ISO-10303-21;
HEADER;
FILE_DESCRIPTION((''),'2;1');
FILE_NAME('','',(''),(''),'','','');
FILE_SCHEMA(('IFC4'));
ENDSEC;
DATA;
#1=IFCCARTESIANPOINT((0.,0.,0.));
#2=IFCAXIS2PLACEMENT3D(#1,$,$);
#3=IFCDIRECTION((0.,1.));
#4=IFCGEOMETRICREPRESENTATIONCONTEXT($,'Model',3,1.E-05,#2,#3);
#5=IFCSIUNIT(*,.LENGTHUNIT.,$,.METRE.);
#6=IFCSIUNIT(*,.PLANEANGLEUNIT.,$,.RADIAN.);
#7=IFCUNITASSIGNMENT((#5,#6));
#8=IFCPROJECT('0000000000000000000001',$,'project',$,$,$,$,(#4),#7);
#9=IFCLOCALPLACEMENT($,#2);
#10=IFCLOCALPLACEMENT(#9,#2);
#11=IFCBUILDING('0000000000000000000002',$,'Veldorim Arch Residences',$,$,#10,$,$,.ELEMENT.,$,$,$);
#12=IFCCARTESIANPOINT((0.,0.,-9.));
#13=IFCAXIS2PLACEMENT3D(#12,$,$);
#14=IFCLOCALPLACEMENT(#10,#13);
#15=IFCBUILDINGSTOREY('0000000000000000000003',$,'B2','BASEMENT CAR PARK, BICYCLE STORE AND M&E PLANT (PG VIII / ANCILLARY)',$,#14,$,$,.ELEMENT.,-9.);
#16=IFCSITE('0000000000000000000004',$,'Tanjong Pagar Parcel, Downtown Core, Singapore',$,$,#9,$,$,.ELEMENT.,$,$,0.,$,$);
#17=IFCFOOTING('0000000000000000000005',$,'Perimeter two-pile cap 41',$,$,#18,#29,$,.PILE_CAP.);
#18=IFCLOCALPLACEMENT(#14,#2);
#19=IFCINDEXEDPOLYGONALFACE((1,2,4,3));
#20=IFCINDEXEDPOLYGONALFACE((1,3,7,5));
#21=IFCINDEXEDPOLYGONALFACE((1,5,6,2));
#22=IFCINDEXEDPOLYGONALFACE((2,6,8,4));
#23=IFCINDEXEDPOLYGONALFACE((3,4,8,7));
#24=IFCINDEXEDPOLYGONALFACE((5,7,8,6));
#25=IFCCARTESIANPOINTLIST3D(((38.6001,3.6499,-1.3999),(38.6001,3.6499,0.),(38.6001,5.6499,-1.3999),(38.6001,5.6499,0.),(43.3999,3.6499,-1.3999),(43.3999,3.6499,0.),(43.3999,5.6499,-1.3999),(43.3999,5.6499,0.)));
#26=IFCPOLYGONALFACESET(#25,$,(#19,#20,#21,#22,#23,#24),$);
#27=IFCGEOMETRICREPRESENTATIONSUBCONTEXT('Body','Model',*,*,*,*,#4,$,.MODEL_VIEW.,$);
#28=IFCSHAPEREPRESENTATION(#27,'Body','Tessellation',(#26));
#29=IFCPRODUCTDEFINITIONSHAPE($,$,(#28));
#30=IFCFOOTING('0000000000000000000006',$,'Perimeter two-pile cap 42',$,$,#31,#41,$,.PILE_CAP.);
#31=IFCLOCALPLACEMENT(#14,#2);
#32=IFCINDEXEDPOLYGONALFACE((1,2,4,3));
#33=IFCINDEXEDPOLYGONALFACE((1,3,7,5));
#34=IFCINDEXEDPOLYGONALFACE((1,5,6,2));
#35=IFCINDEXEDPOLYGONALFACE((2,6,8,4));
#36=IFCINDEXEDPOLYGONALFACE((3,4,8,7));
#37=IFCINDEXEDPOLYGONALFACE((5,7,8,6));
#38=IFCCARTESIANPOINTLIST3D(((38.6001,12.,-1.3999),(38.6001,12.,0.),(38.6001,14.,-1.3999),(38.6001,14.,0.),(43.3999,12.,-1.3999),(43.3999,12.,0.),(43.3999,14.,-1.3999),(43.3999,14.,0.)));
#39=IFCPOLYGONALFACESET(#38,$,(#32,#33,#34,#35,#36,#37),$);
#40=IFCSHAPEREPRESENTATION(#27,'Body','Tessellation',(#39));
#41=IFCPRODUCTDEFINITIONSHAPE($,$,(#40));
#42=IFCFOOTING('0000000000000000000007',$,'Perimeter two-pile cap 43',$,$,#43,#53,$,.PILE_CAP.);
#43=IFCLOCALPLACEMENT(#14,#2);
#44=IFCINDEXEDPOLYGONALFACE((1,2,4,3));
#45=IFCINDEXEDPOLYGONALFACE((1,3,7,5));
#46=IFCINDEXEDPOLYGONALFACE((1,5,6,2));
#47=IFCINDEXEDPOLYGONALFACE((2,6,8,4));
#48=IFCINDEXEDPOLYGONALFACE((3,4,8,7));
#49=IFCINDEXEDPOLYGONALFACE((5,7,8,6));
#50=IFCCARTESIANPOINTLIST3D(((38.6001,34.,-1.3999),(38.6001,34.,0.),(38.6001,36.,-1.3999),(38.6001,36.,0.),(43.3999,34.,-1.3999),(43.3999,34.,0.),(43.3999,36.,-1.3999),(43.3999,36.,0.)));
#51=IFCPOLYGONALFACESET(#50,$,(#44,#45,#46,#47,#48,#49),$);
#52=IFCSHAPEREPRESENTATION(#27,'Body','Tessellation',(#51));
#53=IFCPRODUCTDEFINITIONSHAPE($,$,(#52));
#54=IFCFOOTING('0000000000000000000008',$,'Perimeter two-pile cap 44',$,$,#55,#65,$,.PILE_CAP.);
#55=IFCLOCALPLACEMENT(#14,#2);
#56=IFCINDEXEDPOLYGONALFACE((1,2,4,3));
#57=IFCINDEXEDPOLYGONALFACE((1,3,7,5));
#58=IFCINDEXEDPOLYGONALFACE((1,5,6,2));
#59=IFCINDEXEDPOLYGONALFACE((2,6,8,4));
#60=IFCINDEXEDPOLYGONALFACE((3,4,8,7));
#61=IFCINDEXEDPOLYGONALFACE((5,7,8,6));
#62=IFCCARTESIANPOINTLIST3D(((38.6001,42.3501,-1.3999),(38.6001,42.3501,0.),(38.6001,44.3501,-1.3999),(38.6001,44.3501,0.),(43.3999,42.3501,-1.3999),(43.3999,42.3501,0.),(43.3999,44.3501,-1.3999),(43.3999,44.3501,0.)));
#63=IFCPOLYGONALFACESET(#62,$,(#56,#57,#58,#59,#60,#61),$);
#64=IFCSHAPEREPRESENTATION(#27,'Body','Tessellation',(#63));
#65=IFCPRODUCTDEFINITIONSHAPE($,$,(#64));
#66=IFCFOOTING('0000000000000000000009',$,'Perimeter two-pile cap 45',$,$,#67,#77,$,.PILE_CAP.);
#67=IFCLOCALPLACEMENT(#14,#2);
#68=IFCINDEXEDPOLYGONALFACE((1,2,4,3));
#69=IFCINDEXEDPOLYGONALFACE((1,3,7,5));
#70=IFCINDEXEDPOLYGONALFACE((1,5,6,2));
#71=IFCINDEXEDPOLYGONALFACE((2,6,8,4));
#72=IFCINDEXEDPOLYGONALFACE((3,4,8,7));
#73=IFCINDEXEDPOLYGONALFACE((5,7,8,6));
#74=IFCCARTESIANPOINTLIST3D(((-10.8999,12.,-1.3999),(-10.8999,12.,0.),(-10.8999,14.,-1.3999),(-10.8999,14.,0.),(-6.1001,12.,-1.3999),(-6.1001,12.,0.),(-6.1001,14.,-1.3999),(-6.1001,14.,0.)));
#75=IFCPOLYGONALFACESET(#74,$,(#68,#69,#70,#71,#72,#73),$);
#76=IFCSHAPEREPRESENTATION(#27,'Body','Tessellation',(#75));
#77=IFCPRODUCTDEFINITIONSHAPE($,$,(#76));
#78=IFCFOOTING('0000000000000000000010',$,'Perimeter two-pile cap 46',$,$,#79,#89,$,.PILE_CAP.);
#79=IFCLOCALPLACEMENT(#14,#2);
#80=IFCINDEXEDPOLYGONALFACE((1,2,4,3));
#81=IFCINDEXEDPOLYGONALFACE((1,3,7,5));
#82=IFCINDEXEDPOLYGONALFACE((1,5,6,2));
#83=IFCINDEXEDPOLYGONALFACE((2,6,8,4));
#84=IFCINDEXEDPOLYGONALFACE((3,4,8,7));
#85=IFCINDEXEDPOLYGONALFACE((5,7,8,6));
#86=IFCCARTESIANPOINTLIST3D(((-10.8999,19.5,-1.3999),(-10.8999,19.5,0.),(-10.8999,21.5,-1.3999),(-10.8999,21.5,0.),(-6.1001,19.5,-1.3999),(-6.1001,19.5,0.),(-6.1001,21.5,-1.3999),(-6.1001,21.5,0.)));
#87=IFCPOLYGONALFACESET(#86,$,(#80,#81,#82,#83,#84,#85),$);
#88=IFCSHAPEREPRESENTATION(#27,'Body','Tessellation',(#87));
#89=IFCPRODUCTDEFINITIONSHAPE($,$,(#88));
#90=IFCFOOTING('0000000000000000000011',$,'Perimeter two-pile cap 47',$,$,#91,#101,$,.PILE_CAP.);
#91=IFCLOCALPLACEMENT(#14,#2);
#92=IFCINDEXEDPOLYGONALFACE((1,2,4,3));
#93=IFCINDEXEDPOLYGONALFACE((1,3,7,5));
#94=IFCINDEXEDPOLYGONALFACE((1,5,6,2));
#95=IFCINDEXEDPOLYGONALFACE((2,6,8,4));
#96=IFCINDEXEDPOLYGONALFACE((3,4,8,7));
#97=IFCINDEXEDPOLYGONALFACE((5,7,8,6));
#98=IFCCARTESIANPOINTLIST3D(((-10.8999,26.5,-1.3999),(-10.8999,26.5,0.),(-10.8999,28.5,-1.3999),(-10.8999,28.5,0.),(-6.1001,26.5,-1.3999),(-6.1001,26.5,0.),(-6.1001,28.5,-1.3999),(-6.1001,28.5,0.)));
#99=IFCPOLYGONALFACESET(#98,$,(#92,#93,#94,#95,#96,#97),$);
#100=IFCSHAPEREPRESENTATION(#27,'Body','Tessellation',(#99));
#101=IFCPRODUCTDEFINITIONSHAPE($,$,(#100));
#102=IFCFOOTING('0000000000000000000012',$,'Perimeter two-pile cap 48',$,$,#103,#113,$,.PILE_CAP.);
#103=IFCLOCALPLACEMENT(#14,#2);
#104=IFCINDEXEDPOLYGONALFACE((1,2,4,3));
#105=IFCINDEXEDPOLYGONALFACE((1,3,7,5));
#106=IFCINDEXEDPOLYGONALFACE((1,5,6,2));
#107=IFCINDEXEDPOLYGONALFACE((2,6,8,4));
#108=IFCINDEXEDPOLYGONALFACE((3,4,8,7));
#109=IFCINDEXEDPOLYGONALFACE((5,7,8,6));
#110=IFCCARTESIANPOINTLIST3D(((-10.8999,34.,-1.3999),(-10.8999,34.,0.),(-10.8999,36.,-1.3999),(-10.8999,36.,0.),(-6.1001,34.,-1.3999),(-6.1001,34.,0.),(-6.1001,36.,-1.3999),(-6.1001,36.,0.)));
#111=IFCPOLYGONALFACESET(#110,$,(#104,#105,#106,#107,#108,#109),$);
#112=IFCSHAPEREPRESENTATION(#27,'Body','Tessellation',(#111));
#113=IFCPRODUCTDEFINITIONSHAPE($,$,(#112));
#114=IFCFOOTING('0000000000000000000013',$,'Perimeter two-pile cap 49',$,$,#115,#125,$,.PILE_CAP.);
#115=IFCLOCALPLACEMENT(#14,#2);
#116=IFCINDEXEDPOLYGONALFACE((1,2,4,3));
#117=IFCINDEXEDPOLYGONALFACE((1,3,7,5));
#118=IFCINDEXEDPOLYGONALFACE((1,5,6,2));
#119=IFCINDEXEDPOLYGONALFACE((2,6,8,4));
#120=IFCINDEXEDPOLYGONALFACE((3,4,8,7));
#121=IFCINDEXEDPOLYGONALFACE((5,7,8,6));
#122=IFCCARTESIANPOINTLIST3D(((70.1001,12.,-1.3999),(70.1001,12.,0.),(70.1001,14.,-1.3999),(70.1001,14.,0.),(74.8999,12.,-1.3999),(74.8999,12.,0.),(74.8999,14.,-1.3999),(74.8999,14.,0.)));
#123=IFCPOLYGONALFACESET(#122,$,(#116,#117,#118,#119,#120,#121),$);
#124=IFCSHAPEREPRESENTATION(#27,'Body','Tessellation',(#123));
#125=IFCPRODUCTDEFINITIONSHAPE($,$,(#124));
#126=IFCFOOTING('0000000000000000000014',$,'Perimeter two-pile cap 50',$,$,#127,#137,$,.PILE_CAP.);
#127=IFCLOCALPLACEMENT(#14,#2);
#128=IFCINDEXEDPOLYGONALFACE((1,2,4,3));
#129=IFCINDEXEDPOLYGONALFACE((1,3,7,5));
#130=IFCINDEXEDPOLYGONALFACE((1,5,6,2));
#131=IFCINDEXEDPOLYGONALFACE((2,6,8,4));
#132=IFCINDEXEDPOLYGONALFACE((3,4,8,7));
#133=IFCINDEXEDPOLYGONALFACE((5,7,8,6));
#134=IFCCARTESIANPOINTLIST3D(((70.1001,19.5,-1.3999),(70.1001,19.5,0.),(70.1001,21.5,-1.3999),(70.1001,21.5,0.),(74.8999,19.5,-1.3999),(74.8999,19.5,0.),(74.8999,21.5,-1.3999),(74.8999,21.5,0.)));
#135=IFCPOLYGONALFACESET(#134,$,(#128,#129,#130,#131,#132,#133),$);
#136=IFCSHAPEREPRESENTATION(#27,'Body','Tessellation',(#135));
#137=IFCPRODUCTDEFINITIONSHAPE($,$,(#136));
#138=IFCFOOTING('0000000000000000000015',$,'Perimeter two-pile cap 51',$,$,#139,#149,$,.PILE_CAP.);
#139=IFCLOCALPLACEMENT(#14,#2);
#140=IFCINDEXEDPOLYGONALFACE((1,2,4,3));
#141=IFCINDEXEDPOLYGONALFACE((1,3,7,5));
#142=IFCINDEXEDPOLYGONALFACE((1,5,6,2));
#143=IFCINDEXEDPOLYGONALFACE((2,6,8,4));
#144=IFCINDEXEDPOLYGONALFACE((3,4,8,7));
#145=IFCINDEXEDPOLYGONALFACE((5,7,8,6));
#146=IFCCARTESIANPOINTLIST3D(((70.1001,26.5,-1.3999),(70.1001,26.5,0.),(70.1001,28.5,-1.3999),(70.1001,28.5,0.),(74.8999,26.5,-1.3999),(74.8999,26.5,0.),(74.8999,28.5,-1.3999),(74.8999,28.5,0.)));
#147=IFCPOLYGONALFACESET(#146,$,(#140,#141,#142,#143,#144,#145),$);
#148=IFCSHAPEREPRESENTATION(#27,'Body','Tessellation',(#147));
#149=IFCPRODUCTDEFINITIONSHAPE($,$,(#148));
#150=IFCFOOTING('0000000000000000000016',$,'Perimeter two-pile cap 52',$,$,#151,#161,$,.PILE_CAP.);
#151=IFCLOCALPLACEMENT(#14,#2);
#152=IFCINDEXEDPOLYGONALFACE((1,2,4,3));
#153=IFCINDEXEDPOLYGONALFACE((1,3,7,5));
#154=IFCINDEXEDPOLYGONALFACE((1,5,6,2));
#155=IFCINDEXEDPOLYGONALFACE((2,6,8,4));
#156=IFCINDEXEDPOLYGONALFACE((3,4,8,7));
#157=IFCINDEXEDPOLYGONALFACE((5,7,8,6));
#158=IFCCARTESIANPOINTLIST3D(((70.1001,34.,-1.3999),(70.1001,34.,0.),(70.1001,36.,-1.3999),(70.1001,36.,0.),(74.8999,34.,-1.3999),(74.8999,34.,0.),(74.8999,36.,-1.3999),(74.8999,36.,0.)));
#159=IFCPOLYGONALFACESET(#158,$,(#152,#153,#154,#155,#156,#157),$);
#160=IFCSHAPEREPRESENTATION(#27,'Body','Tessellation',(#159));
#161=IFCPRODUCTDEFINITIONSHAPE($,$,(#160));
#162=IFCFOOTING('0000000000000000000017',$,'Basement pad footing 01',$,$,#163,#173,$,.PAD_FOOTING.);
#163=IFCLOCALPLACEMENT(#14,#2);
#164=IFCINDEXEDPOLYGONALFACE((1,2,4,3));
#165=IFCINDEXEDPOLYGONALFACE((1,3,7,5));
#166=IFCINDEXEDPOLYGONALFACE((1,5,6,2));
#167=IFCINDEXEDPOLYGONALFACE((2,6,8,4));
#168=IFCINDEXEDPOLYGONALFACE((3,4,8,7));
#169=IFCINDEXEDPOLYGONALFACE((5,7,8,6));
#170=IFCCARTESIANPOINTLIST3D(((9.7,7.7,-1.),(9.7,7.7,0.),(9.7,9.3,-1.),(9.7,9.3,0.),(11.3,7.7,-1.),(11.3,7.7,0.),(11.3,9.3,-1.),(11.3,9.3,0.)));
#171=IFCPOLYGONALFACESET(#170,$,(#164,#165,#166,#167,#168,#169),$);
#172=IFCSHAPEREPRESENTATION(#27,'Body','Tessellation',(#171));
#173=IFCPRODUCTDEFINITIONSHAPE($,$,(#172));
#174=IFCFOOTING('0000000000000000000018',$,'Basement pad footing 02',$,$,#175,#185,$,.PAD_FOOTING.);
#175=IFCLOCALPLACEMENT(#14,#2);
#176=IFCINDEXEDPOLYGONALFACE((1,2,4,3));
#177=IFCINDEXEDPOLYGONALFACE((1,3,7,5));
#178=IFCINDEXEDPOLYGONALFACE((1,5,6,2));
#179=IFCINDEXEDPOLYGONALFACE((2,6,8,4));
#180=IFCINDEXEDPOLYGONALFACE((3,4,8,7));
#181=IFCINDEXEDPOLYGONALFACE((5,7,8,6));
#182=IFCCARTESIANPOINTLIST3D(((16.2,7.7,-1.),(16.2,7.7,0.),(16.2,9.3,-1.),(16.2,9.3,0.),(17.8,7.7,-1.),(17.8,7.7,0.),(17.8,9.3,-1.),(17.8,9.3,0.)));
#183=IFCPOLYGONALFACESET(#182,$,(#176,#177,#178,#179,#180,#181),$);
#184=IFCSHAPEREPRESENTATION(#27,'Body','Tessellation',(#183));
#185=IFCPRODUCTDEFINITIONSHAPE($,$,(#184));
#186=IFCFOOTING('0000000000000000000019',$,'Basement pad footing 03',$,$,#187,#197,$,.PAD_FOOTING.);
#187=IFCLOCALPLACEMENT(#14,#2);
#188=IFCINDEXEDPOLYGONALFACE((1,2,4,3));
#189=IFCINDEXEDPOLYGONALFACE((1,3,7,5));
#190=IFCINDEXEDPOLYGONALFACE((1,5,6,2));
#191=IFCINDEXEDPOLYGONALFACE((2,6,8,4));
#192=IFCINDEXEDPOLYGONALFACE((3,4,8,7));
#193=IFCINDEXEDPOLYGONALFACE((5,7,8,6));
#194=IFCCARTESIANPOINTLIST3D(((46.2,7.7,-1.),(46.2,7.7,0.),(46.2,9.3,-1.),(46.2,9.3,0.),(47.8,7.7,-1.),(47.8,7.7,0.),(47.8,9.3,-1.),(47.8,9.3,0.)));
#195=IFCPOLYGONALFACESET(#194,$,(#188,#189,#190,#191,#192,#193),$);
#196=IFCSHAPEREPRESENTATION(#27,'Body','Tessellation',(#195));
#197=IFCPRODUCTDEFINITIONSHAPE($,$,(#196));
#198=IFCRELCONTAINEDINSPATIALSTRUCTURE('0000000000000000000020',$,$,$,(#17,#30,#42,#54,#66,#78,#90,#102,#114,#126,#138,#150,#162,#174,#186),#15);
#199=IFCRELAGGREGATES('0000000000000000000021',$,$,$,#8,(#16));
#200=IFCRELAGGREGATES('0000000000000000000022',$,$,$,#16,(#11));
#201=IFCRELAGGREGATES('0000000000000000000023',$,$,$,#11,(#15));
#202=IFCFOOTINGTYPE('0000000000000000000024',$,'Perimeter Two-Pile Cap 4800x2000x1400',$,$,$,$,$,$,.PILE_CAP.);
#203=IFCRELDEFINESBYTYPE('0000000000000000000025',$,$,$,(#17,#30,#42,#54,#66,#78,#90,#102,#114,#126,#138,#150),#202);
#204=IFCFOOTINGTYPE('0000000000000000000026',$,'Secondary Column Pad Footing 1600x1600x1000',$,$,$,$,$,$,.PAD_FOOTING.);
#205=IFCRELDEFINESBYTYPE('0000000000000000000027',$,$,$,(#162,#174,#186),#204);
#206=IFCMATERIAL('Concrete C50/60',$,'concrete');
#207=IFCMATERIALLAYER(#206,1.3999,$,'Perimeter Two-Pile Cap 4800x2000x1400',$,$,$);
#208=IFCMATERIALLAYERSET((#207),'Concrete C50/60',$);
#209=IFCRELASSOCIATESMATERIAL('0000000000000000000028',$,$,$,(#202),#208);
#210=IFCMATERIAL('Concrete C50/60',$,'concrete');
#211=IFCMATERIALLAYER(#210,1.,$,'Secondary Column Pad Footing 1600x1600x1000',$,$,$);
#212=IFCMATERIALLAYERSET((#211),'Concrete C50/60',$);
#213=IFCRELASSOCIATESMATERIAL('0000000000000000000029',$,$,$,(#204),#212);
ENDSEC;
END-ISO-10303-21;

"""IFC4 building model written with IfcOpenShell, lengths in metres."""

from ifc_helpers import new_model, si_unit, direction, frame, origin, place, context, subcontext, project, spatial, polyline, outline, extrude, material, layer, layer_set, type_object, element, save


model = new_model("IFC4")

# Units and contexts
model_context = context("Model", 3, precision=1e-05, world=origin(), true_north=direction((0.0, 1.0)))
body_context = subcontext(model_context, "Body", "Model", "MODEL_VIEW")
ifc_project = project(units=[si_unit("LENGTHUNIT", "METRE"), si_unit("PLANEANGLEUNIT", "RADIAN")], contexts=[model_context])

# Site, building, storey
site_placement = place(None, origin())
site = spatial("IfcSite", under=ifc_project, at=site_placement, Name="Tanjong Pagar Parcel, Downtown Core, Singapore", CompositionType="ELEMENT", RefElevation=0.0)
building_placement = place(site_placement, origin())
building = spatial("IfcBuilding", under=site, at=building_placement, Name="Veldorim Arch Residences", CompositionType="ELEMENT")
storey_placement = place(building_placement, frame((0.0, 0.0, -9.0)))
storey = spatial("IfcBuildingStorey", under=building, at=storey_placement, Name="B2", Description="BASEMENT CAR PARK, BICYCLE STORE AND M&E PLANT (PG VIII / ANCILLARY)", CompositionType="ELEMENT", Elevation=-9.0)

# Footings
ifc_material_1 = material(Name="Concrete C50/60", Category="concrete")
ifc_layer_1 = layer(ifc_material_1, 1.3999, Name="Perimeter Two-Pile Cap 4800x2000x1400")
ifc_layer_set_1 = layer_set([ifc_layer_1], Name="Concrete C50/60")
footing_type_1 = type_object("IfcFootingType", Name="Perimeter Two-Pile Cap 4800x2000x1400", PredefinedType="PILE_CAP", material=ifc_layer_set_1)
footing_1_placement = place(storey_placement, frame((0.0, 0.0, -1.3999)))
element("IfcFooting", 1, at=footing_1_placement, inside=storey, type_object=footing_type_1, Name="Perimeter two-pile cap 41", PredefinedType="PILE_CAP", context=body_context, shape_type="SweptSolid", body=[
    extrude(outline(polyline([(38.6001, 3.6499), (43.3999, 3.6499), (43.3999, 5.6499), (38.6001, 5.6499), (38.6001, 3.6499)])), origin(), (0.0, 0.0, 1.0), 1.3999),
])
footing_2_placement = place(storey_placement, frame((0.0, 0.0, -1.3999)))
element("IfcFooting", 2, at=footing_2_placement, inside=storey, type_object=footing_type_1, Name="Perimeter two-pile cap 42", PredefinedType="PILE_CAP", context=body_context, shape_type="SweptSolid", body=[
    extrude(outline(polyline([(38.6001, 12.0), (43.3999, 12.0), (43.3999, 14.0), (38.6001, 14.0), (38.6001, 12.0)])), origin(), (0.0, 0.0, 1.0), 1.3999),
])
footing_3_placement = place(storey_placement, frame((0.0, 0.0, -1.3999)))
element("IfcFooting", 3, at=footing_3_placement, inside=storey, type_object=footing_type_1, Name="Perimeter two-pile cap 43", PredefinedType="PILE_CAP", context=body_context, shape_type="SweptSolid", body=[
    extrude(outline(polyline([(38.6001, 34.0), (43.3999, 34.0), (43.3999, 36.0), (38.6001, 36.0), (38.6001, 34.0)])), origin(), (0.0, 0.0, 1.0), 1.3999),
])
footing_4_placement = place(storey_placement, frame((0.0, 0.0, -1.3999)))
element("IfcFooting", 4, at=footing_4_placement, inside=storey, type_object=footing_type_1, Name="Perimeter two-pile cap 44", PredefinedType="PILE_CAP", context=body_context, shape_type="SweptSolid", body=[
    extrude(outline(polyline([(38.6001, 42.3501), (43.3999, 42.3501), (43.3999, 44.3501), (38.6001, 44.3501), (38.6001, 42.3501)])), origin(), (0.0, 0.0, 1.0), 1.3999),
])
footing_5_placement = place(storey_placement, frame((0.0, 0.0, -1.3999)))
element("IfcFooting", 5, at=footing_5_placement, inside=storey, type_object=footing_type_1, Name="Perimeter two-pile cap 45", PredefinedType="PILE_CAP", context=body_context, shape_type="SweptSolid", body=[
    extrude(outline(polyline([(-10.8999, 12.0), (-6.1001, 12.0), (-6.1001, 14.0), (-10.8999, 14.0), (-10.8999, 12.0)])), origin(), (0.0, 0.0, 1.0), 1.3999),
])
footing_6_placement = place(storey_placement, frame((0.0, 0.0, -1.3999)))
element("IfcFooting", 6, at=footing_6_placement, inside=storey, type_object=footing_type_1, Name="Perimeter two-pile cap 46", PredefinedType="PILE_CAP", context=body_context, shape_type="SweptSolid", body=[
    extrude(outline(polyline([(-10.8999, 19.5), (-6.1001, 19.5), (-6.1001, 21.5), (-10.8999, 21.5), (-10.8999, 19.5)])), origin(), (0.0, 0.0, 1.0), 1.3999),
])
footing_7_placement = place(storey_placement, frame((0.0, 0.0, -1.3999)))
element("IfcFooting", 7, at=footing_7_placement, inside=storey, type_object=footing_type_1, Name="Perimeter two-pile cap 47", PredefinedType="PILE_CAP", context=body_context, shape_type="SweptSolid", body=[
    extrude(outline(polyline([(-10.8999, 26.5), (-6.1001, 26.5), (-6.1001, 28.5), (-10.8999, 28.5), (-10.8999, 26.5)])), origin(), (0.0, 0.0, 1.0), 1.3999),
])
footing_8_placement = place(storey_placement, frame((0.0, 0.0, -1.3999)))
element("IfcFooting", 8, at=footing_8_placement, inside=storey, type_object=footing_type_1, Name="Perimeter two-pile cap 48", PredefinedType="PILE_CAP", context=body_context, shape_type="SweptSolid", body=[
    extrude(outline(polyline([(-10.8999, 34.0), (-6.1001, 34.0), (-6.1001, 36.0), (-10.8999, 36.0), (-10.8999, 34.0)])), origin(), (0.0, 0.0, 1.0), 1.3999),
])
footing_9_placement = place(storey_placement, frame((0.0, 0.0, -1.3999)))
element("IfcFooting", 9, at=footing_9_placement, inside=storey, type_object=footing_type_1, Name="Perimeter two-pile cap 49", PredefinedType="PILE_CAP", context=body_context, shape_type="SweptSolid", body=[
    extrude(outline(polyline([(70.1001, 12.0), (74.8999, 12.0), (74.8999, 14.0), (70.1001, 14.0), (70.1001, 12.0)])), origin(), (0.0, 0.0, 1.0), 1.3999),
])
footing_10_placement = place(storey_placement, frame((0.0, 0.0, -1.3999)))
element("IfcFooting", 10, at=footing_10_placement, inside=storey, type_object=footing_type_1, Name="Perimeter two-pile cap 50", PredefinedType="PILE_CAP", context=body_context, shape_type="SweptSolid", body=[
    extrude(outline(polyline([(70.1001, 19.5), (74.8999, 19.5), (74.8999, 21.5), (70.1001, 21.5), (70.1001, 19.5)])), origin(), (0.0, 0.0, 1.0), 1.3999),
])
footing_11_placement = place(storey_placement, frame((0.0, 0.0, -1.3999)))
element("IfcFooting", 11, at=footing_11_placement, inside=storey, type_object=footing_type_1, Name="Perimeter two-pile cap 51", PredefinedType="PILE_CAP", context=body_context, shape_type="SweptSolid", body=[
    extrude(outline(polyline([(70.1001, 26.5), (74.8999, 26.5), (74.8999, 28.5), (70.1001, 28.5), (70.1001, 26.5)])), origin(), (0.0, 0.0, 1.0), 1.3999),
])
footing_12_placement = place(storey_placement, frame((0.0, 0.0, -1.3999)))
element("IfcFooting", 12, at=footing_12_placement, inside=storey, type_object=footing_type_1, Name="Perimeter two-pile cap 52", PredefinedType="PILE_CAP", context=body_context, shape_type="SweptSolid", body=[
    extrude(outline(polyline([(70.1001, 34.0), (74.8999, 34.0), (74.8999, 36.0), (70.1001, 36.0), (70.1001, 34.0)])), origin(), (0.0, 0.0, 1.0), 1.3999),
])
ifc_material_2 = material(Name="Concrete C50/60", Category="concrete")
ifc_layer_2 = layer(ifc_material_2, 1.0, Name="Secondary Column Pad Footing 1600x1600x1000")
ifc_layer_set_2 = layer_set([ifc_layer_2], Name="Concrete C50/60")
footing_type_2 = type_object("IfcFootingType", Name="Secondary Column Pad Footing 1600x1600x1000", PredefinedType="PAD_FOOTING", material=ifc_layer_set_2)
footing_13_placement = place(storey_placement, frame((0.0, 0.0, -1.0)))
element("IfcFooting", 13, at=footing_13_placement, inside=storey, type_object=footing_type_2, Name="Basement pad footing 01", PredefinedType="PAD_FOOTING", context=body_context, shape_type="SweptSolid", body=[
    extrude(outline(polyline([(9.7, 7.7), (11.3, 7.7), (11.3, 9.3), (9.7, 9.3), (9.7, 7.7)])), origin(), (0.0, 0.0, 1.0), 1.0),
])
footing_14_placement = place(storey_placement, frame((0.0, 0.0, -1.0)))
element("IfcFooting", 14, at=footing_14_placement, inside=storey, type_object=footing_type_2, Name="Basement pad footing 02", PredefinedType="PAD_FOOTING", context=body_context, shape_type="SweptSolid", body=[
    extrude(outline(polyline([(16.2, 7.7), (17.8, 7.7), (17.8, 9.3), (16.2, 9.3), (16.2, 7.7)])), origin(), (0.0, 0.0, 1.0), 1.0),
])
footing_15_placement = place(storey_placement, frame((0.0, 0.0, -1.0)))
element("IfcFooting", 15, at=footing_15_placement, inside=storey, type_object=footing_type_2, Name="Basement pad footing 03", PredefinedType="PAD_FOOTING", context=body_context, shape_type="SweptSolid", body=[
    extrude(outline(polyline([(46.2, 7.7), (47.8, 7.7), (47.8, 9.3), (46.2, 9.3), (46.2, 7.7)])), origin(), (0.0, 0.0, 1.0), 1.0),
])

save(model, "model.ifc")
